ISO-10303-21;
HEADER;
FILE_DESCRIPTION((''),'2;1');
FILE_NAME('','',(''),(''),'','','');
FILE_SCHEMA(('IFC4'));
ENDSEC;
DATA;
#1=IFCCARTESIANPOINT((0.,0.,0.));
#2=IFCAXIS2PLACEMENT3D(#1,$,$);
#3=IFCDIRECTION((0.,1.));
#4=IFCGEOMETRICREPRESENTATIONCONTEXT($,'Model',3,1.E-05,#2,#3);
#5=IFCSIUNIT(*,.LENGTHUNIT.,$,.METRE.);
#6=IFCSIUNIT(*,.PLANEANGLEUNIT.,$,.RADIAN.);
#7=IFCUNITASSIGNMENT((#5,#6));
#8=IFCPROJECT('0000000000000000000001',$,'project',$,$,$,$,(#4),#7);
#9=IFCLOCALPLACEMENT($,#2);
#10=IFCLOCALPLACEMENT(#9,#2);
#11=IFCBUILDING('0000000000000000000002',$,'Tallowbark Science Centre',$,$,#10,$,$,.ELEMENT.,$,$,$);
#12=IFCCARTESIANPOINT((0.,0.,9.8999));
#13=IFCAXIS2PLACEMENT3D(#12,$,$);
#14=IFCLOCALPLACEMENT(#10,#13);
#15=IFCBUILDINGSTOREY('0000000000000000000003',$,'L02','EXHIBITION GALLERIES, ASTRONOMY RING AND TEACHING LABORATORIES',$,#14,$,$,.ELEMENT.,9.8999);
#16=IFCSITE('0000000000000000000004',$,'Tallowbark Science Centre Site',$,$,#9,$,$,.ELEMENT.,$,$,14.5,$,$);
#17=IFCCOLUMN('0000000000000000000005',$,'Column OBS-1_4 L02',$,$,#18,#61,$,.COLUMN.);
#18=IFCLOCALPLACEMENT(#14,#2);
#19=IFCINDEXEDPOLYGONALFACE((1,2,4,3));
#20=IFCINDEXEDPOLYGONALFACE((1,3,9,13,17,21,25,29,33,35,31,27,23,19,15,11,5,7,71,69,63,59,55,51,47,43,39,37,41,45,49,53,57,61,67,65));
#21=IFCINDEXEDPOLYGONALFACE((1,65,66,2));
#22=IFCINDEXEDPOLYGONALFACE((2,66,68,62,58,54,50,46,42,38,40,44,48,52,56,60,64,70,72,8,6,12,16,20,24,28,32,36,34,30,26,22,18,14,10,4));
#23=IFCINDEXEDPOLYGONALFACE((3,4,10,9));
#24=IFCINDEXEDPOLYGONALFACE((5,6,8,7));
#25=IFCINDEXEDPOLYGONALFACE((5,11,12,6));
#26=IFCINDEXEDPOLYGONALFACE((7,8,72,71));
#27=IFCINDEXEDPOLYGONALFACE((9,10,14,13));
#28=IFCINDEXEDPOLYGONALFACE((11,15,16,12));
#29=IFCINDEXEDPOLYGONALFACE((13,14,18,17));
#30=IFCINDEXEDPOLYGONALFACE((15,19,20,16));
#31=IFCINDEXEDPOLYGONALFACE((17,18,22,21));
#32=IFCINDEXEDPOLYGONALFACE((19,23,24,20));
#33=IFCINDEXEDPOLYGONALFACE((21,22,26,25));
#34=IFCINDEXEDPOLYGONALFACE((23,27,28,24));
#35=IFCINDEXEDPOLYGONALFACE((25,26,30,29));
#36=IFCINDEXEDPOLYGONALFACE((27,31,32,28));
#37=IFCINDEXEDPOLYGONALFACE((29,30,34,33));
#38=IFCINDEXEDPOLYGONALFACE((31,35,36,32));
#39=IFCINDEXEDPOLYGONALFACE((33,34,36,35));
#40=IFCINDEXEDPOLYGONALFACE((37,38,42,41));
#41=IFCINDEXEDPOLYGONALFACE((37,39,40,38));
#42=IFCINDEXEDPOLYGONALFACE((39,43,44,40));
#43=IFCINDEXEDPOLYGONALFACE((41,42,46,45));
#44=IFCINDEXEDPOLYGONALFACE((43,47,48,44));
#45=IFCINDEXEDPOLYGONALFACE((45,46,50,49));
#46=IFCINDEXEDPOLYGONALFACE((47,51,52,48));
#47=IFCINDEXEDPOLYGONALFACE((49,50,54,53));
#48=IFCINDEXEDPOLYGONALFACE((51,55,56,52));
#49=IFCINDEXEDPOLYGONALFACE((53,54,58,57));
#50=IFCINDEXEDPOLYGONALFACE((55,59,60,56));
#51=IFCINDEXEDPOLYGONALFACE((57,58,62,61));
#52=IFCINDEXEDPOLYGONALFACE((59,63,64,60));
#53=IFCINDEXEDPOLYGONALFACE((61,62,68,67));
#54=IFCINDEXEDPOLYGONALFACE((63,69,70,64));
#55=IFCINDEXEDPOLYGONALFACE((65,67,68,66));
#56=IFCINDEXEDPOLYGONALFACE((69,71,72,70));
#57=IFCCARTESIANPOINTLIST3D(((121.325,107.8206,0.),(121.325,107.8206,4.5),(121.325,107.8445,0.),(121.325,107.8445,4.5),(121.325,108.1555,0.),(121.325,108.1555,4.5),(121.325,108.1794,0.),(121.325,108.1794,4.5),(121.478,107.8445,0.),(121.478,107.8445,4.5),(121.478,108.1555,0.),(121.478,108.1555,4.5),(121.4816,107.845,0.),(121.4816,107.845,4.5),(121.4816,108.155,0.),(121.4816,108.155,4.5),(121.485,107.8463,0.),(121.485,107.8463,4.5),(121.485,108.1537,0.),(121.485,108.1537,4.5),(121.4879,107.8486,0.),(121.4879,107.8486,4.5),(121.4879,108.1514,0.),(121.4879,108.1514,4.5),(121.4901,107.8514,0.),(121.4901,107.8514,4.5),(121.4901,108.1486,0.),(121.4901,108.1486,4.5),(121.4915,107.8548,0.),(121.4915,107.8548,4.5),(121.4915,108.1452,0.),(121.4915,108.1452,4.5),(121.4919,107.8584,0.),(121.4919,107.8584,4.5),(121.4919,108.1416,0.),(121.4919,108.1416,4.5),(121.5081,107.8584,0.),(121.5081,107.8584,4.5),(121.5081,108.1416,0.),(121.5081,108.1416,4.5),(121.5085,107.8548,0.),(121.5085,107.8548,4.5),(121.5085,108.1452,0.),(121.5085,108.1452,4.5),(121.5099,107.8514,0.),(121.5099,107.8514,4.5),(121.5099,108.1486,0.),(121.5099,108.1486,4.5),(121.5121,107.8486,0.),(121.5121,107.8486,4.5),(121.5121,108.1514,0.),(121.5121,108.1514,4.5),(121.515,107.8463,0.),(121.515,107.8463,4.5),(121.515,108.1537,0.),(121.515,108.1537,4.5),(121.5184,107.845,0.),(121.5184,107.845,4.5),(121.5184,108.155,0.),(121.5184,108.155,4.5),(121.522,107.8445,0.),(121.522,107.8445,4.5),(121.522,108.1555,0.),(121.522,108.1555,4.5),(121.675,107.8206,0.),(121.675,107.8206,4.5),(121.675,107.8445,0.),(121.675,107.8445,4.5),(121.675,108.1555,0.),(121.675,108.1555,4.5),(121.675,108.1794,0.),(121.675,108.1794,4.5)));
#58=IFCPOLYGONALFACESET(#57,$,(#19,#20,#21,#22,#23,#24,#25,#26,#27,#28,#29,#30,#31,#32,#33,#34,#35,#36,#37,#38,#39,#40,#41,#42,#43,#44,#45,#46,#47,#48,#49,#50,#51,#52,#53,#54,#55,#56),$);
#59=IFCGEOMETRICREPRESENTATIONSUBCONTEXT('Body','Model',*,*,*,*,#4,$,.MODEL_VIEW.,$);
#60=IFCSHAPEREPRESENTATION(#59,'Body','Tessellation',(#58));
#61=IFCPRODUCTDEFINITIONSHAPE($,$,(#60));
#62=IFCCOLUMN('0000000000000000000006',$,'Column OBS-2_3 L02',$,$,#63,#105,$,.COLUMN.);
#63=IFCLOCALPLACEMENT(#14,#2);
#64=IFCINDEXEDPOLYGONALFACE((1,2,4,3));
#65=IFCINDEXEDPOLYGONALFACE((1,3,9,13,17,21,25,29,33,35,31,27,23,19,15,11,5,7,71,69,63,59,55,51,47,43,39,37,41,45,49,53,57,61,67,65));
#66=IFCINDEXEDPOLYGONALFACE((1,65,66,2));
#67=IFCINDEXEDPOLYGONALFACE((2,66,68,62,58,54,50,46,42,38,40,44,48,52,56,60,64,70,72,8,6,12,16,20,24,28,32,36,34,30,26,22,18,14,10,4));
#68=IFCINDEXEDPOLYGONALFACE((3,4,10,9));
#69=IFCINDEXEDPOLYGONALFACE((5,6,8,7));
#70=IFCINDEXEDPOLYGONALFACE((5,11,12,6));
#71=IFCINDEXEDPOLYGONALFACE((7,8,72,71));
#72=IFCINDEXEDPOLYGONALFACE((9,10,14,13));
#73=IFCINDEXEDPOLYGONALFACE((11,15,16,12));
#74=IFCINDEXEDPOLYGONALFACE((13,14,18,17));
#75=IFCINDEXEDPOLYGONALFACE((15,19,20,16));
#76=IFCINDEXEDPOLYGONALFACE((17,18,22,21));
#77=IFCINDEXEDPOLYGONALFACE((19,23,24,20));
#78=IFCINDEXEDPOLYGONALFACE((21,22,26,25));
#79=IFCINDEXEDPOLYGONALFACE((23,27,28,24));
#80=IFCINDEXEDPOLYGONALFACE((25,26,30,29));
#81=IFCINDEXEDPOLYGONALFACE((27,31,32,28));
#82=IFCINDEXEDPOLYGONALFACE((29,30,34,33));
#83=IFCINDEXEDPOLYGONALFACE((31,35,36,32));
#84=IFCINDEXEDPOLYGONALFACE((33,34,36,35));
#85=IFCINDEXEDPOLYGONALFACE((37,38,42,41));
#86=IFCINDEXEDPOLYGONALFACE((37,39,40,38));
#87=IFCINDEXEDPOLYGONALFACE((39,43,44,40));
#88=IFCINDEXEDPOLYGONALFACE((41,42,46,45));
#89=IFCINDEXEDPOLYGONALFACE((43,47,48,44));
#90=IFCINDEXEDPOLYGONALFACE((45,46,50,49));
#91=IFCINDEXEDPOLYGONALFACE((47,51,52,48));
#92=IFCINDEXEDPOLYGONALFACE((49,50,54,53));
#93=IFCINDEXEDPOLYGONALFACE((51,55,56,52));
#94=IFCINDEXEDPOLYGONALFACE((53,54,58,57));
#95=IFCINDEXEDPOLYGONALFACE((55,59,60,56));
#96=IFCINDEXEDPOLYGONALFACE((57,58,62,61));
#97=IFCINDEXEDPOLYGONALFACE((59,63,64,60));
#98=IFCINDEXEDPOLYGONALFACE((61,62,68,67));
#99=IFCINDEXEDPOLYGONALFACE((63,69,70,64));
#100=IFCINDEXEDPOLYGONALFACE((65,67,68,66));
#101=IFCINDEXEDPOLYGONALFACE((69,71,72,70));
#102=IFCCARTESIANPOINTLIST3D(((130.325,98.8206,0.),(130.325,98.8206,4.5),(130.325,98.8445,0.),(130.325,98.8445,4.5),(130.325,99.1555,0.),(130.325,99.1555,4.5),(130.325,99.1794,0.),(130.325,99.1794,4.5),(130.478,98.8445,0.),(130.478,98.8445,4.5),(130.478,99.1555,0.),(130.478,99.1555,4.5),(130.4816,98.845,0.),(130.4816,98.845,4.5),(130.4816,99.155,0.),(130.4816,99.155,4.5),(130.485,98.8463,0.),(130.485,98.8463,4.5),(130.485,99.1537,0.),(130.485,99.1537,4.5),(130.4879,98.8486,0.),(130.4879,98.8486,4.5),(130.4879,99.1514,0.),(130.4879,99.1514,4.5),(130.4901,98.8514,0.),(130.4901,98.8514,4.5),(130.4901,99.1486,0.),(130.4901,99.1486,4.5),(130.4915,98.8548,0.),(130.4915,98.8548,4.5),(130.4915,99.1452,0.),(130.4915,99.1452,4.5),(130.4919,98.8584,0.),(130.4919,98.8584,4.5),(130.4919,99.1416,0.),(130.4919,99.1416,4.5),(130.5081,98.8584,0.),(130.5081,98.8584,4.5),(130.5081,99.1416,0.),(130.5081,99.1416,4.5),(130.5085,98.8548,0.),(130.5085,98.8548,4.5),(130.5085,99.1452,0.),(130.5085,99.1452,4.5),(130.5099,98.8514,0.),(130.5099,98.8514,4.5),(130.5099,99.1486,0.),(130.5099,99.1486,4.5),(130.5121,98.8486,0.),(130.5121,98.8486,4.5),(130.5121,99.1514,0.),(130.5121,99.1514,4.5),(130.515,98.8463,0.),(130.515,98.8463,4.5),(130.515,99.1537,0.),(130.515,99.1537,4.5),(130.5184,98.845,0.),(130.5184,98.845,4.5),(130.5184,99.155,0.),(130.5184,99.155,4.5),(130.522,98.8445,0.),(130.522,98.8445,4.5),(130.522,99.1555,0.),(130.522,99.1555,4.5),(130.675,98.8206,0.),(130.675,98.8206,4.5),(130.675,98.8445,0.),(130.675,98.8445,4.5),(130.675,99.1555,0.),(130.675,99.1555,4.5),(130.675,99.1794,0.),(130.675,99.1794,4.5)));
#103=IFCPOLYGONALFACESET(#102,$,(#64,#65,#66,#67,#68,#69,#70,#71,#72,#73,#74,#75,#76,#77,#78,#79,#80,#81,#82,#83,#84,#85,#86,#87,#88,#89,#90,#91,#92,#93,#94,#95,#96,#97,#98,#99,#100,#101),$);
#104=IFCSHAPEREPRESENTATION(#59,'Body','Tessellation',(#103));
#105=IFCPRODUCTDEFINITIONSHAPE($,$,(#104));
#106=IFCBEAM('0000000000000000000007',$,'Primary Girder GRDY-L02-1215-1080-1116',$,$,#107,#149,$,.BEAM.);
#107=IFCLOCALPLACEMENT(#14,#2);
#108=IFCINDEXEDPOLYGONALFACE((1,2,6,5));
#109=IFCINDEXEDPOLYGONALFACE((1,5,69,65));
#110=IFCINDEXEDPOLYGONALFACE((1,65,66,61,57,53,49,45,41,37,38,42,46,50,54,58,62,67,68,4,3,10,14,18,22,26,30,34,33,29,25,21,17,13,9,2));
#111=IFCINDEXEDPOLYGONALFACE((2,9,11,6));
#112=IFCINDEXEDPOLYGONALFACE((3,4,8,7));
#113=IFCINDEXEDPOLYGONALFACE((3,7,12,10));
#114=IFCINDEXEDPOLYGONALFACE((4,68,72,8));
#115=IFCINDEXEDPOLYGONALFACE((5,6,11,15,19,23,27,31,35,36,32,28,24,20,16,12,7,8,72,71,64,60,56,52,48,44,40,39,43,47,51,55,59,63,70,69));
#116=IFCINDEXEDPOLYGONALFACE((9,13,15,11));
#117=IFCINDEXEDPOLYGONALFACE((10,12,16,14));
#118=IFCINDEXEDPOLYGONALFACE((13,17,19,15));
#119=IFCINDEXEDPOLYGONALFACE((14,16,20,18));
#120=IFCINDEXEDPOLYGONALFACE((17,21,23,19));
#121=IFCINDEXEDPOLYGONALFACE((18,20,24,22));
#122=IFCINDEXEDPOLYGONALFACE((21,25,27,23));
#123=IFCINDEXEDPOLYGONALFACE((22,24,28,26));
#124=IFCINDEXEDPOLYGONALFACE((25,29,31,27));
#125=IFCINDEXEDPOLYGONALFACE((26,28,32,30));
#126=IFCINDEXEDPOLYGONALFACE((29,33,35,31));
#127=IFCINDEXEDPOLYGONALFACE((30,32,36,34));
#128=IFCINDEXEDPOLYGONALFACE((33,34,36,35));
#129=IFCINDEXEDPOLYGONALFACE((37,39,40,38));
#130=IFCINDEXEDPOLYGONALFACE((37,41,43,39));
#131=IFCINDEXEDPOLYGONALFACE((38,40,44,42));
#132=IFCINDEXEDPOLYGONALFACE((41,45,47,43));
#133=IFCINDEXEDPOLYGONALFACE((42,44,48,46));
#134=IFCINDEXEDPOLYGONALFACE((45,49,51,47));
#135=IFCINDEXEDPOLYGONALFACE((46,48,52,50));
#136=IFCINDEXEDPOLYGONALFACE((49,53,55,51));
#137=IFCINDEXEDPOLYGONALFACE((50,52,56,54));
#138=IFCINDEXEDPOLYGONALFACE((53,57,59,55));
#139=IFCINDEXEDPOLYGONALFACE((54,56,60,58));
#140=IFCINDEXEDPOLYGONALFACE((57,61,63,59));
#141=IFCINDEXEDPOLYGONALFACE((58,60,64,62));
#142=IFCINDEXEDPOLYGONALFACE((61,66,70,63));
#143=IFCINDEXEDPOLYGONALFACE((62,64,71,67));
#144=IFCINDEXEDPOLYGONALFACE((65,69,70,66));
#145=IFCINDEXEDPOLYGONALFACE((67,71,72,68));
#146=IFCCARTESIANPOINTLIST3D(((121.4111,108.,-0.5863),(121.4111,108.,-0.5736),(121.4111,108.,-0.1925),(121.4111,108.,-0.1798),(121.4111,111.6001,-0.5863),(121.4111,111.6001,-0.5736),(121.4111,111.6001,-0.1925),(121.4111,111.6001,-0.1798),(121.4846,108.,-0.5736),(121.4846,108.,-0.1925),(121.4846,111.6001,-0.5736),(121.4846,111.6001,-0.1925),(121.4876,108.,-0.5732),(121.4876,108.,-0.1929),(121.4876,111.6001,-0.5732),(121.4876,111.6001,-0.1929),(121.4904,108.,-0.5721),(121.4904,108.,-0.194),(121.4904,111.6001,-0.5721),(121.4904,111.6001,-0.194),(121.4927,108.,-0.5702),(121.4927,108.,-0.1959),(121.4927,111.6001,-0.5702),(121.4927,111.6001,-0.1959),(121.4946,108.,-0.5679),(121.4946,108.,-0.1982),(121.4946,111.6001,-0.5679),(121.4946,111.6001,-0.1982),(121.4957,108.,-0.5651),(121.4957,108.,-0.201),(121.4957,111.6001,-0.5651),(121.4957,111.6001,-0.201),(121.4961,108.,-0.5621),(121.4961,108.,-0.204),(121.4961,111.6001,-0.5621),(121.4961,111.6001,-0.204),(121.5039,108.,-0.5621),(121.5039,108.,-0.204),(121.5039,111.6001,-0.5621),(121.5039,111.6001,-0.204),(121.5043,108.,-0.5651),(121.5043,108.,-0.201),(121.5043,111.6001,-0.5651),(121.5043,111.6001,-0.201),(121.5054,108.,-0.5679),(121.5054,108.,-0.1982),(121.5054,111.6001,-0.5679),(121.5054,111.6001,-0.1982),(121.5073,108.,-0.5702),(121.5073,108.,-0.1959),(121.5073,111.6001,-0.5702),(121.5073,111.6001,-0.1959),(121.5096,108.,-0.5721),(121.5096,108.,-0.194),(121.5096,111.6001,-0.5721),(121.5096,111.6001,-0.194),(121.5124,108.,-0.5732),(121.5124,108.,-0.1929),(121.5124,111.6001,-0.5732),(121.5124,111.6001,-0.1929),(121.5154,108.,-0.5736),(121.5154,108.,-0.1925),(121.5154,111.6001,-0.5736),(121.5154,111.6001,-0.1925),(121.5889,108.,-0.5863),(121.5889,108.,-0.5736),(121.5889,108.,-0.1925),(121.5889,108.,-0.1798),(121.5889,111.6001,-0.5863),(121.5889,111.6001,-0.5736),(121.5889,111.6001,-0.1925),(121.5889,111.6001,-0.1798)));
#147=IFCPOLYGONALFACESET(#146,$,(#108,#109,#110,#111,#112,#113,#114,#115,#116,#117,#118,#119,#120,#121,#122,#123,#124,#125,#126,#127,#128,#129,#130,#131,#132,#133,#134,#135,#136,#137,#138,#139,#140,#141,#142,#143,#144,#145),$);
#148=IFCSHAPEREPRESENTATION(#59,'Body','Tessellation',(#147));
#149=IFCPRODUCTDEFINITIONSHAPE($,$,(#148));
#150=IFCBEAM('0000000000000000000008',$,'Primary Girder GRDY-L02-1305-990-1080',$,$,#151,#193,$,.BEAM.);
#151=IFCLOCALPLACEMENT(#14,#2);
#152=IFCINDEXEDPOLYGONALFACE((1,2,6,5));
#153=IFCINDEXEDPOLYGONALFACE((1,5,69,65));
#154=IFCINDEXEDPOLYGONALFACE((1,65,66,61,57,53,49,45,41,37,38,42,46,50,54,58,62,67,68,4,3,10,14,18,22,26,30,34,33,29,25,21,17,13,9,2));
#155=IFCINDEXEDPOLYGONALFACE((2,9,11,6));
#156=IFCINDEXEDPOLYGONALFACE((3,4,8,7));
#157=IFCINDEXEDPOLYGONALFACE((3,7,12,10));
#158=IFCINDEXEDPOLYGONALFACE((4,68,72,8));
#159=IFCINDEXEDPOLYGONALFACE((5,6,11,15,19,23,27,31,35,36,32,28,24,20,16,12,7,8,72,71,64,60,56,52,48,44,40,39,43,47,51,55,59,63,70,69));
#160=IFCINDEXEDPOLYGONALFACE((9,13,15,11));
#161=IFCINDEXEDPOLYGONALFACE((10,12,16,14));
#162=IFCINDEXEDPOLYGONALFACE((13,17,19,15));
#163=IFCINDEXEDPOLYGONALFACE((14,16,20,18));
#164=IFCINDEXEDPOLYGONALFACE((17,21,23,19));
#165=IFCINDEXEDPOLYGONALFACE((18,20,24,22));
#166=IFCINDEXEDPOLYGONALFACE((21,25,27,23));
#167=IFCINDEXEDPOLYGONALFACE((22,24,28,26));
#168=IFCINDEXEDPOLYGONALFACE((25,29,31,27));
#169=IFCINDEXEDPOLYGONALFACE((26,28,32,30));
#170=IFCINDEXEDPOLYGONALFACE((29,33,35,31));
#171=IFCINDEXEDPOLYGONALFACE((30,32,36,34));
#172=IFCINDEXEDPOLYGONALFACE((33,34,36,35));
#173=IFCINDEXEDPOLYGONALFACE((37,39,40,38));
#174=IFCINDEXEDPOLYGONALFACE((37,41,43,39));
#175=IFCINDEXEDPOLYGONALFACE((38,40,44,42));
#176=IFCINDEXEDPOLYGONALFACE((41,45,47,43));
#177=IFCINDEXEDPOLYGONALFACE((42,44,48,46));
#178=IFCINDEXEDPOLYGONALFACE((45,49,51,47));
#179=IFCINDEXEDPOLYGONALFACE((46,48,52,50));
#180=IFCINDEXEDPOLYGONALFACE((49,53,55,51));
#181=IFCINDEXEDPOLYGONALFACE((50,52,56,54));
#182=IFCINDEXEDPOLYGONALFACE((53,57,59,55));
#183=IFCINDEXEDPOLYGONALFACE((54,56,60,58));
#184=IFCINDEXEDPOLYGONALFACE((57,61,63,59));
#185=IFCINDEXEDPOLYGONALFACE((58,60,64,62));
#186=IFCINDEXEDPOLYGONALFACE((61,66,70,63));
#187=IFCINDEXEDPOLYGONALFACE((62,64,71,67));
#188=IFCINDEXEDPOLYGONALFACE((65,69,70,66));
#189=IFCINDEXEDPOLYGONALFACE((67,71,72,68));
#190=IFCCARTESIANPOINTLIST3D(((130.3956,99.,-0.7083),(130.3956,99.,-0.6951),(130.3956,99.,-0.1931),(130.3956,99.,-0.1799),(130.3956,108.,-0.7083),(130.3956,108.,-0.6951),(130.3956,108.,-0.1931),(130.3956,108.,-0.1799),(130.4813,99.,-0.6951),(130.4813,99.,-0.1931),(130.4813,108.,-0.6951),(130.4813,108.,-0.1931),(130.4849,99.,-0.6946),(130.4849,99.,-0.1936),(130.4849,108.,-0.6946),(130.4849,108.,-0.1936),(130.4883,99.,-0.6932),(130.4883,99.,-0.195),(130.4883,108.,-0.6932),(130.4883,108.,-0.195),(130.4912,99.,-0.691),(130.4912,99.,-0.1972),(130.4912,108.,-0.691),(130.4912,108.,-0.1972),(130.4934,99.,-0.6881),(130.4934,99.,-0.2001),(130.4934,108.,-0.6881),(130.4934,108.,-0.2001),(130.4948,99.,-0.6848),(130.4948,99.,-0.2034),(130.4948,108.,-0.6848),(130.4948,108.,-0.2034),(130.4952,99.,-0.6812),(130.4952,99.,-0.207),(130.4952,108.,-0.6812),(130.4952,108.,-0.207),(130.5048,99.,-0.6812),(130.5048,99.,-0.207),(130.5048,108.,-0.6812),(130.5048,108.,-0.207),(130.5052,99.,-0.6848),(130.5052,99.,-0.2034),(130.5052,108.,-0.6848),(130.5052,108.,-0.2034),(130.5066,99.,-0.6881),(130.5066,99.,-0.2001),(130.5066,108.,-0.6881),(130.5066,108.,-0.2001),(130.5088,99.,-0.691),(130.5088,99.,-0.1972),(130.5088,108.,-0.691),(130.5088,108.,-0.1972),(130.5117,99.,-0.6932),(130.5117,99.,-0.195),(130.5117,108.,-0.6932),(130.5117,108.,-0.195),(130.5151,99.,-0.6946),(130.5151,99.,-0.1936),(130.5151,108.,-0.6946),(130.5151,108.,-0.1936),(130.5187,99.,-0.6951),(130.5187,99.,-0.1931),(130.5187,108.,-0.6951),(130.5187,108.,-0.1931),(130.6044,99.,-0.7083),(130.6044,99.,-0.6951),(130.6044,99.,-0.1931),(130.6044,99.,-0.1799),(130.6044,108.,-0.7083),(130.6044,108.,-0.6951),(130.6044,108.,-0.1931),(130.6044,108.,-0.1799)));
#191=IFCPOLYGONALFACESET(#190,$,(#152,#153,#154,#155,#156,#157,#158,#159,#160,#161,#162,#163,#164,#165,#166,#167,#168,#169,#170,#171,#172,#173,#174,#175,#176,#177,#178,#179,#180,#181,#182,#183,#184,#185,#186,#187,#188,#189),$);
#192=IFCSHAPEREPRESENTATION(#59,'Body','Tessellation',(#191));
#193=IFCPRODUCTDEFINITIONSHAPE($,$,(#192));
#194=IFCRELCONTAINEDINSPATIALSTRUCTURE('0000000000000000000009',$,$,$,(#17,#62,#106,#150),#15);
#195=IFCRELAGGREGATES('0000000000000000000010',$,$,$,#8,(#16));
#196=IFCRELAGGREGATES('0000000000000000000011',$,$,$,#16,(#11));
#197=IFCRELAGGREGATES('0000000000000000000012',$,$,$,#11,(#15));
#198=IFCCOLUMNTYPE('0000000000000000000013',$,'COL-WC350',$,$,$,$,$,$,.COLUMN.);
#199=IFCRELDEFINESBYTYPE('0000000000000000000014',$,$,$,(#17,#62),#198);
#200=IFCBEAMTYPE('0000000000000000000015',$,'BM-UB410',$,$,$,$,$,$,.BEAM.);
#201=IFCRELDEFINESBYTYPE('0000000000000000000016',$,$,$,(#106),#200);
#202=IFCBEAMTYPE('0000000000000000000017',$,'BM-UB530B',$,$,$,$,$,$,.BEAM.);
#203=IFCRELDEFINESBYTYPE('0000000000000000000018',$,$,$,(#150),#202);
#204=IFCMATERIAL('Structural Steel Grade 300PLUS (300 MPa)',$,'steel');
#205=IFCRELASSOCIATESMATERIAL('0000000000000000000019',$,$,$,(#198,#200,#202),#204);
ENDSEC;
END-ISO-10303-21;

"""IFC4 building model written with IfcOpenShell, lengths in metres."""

from ifc_helpers import new_model, si_unit, direction, frame, origin, origin_2d, place, context, subcontext, project, spatial, i_section, extrude, material, material_profile, profile_set, type_object, element, save


model = new_model("IFC4")

# Units and contexts
model_context = context("Model", 3, precision=1e-05, world=origin(), true_north=direction((0.0, 1.0)))
body_context = subcontext(model_context, "Body", "Model", "MODEL_VIEW")
ifc_project = project(units=[si_unit("LENGTHUNIT", "METRE"), si_unit("PLANEANGLEUNIT", "RADIAN")], contexts=[model_context])

# Site, building, storey
site_placement = place(None, origin())
site = spatial("IfcSite", under=ifc_project, at=site_placement, Name="Tallowbark Science Centre Site", CompositionType="ELEMENT", RefElevation=14.5)
building_placement = place(site_placement, origin())
building = spatial("IfcBuilding", under=site, at=building_placement, Name="Tallowbark Science Centre", CompositionType="ELEMENT")
storey_placement = place(building_placement, frame((0.0, 0.0, 9.8999)))
storey = spatial("IfcBuildingStorey", under=building, at=storey_placement, Name="L02", Description="EXHIBITION GALLERIES, ASTRONOMY RING AND TEACHING LABORATORIES", CompositionType="ELEMENT", Elevation=9.8999)

# Columns
ifc_material_1 = material(Name="Structural Steel Grade 300PLUS (300 MPa)", Category="steel")
ifc_material_profile_1 = material_profile(ifc_material_1, i_section(OverallWidth=0.3501, OverallDepth=0.3589, WebThickness=0.0161, FlangeThickness=0.0239, FilletRadius=0.0139, at=origin_2d()), Name="350WC197")
ifc_profile_set_1 = profile_set([ifc_material_profile_1], Name="Structural Steel Grade 300PLUS (300 MPa)")
column_type = type_object("IfcColumnType", Name="COL-WC350", PredefinedType="COLUMN", material=ifc_profile_set_1)
for number, where, z_axis, x_axis, name in (
    (1, (121.5, 108.0, 0.0), (0.0, 0.0, 1.0), (1.0, 0.0, 0.0), "Column OBS-1_4 L02"),
    (2, (130.5, 99.0, 0.0), (0.0, 0.0, 1.0), (1.0, 0.0, 0.0), "Column OBS-2_3 L02"),
):
    element("IfcColumn", number, at=place(storey_placement, frame(where, z_axis=z_axis, x_axis=x_axis)), inside=storey, type_object=column_type, Name=name, PredefinedType="COLUMN", context=body_context, shape_type="SweptSolid", body=[
        extrude(i_section(OverallWidth=0.3501, OverallDepth=0.3589, WebThickness=0.0161, FlangeThickness=0.0239, FilletRadius=0.0139, at=origin_2d()), origin(), (0.0, 0.0, 1.0), 4.5),
    ])

# Beams
ifc_material_profile_2 = material_profile(ifc_material_1, i_section(OverallWidth=0.1777, OverallDepth=0.4065, WebThickness=0.0078, FlangeThickness=0.0127, FilletRadius=0.0115, at=origin_2d()), Name="410UB59.7")
ifc_profile_set_2 = profile_set([ifc_material_profile_2], Name="Structural Steel Grade 300PLUS (300 MPa)")
beam_type_1 = type_object("IfcBeamType", Name="BM-UB410", PredefinedType="BEAM", material=ifc_profile_set_2)
beam_1_placement = place(storey_placement, frame((121.5, 108.0, -0.3831), z_axis=(0.0, 1.0, 0.0), x_axis=(-1.0, 0.0, 0.0)))
element("IfcBeam", 3, at=beam_1_placement, inside=storey, type_object=beam_type_1, Name="Primary Girder GRDY-L02-1215-1080-1116", PredefinedType="BEAM", context=body_context, shape_type="SweptSolid", body=[
    extrude(i_section(OverallWidth=0.1777, OverallDepth=0.4065, WebThickness=0.0078, FlangeThickness=0.0127, FilletRadius=0.0115, at=origin_2d()), origin(), (0.0, 0.0, 1.0), 3.6001),
])
ifc_material_profile_3 = material_profile(ifc_material_1, i_section(OverallWidth=0.2087, OverallDepth=0.5283, WebThickness=0.0095, FlangeThickness=0.0132, FilletRadius=0.0139, at=origin_2d()), Name="530UB82.0")
ifc_profile_set_3 = profile_set([ifc_material_profile_3], Name="Structural Steel Grade 300PLUS (300 MPa)")
beam_type_2 = type_object("IfcBeamType", Name="BM-UB530B", PredefinedType="BEAM", material=ifc_profile_set_3)
beam_2_placement = place(storey_placement, frame((130.5, 99.0, -0.4441), z_axis=(0.0, 1.0, 0.0), x_axis=(-1.0, 0.0, 0.0)))
element("IfcBeam", 4, at=beam_2_placement, inside=storey, type_object=beam_type_2, Name="Primary Girder GRDY-L02-1305-990-1080", PredefinedType="BEAM", context=body_context, shape_type="SweptSolid", body=[
    extrude(i_section(OverallWidth=0.2087, OverallDepth=0.5283, WebThickness=0.0095, FlangeThickness=0.0132, FilletRadius=0.0139, at=origin_2d()), origin(), (0.0, 0.0, 1.0), 9.0),
])

save(model, "model.ifc")
